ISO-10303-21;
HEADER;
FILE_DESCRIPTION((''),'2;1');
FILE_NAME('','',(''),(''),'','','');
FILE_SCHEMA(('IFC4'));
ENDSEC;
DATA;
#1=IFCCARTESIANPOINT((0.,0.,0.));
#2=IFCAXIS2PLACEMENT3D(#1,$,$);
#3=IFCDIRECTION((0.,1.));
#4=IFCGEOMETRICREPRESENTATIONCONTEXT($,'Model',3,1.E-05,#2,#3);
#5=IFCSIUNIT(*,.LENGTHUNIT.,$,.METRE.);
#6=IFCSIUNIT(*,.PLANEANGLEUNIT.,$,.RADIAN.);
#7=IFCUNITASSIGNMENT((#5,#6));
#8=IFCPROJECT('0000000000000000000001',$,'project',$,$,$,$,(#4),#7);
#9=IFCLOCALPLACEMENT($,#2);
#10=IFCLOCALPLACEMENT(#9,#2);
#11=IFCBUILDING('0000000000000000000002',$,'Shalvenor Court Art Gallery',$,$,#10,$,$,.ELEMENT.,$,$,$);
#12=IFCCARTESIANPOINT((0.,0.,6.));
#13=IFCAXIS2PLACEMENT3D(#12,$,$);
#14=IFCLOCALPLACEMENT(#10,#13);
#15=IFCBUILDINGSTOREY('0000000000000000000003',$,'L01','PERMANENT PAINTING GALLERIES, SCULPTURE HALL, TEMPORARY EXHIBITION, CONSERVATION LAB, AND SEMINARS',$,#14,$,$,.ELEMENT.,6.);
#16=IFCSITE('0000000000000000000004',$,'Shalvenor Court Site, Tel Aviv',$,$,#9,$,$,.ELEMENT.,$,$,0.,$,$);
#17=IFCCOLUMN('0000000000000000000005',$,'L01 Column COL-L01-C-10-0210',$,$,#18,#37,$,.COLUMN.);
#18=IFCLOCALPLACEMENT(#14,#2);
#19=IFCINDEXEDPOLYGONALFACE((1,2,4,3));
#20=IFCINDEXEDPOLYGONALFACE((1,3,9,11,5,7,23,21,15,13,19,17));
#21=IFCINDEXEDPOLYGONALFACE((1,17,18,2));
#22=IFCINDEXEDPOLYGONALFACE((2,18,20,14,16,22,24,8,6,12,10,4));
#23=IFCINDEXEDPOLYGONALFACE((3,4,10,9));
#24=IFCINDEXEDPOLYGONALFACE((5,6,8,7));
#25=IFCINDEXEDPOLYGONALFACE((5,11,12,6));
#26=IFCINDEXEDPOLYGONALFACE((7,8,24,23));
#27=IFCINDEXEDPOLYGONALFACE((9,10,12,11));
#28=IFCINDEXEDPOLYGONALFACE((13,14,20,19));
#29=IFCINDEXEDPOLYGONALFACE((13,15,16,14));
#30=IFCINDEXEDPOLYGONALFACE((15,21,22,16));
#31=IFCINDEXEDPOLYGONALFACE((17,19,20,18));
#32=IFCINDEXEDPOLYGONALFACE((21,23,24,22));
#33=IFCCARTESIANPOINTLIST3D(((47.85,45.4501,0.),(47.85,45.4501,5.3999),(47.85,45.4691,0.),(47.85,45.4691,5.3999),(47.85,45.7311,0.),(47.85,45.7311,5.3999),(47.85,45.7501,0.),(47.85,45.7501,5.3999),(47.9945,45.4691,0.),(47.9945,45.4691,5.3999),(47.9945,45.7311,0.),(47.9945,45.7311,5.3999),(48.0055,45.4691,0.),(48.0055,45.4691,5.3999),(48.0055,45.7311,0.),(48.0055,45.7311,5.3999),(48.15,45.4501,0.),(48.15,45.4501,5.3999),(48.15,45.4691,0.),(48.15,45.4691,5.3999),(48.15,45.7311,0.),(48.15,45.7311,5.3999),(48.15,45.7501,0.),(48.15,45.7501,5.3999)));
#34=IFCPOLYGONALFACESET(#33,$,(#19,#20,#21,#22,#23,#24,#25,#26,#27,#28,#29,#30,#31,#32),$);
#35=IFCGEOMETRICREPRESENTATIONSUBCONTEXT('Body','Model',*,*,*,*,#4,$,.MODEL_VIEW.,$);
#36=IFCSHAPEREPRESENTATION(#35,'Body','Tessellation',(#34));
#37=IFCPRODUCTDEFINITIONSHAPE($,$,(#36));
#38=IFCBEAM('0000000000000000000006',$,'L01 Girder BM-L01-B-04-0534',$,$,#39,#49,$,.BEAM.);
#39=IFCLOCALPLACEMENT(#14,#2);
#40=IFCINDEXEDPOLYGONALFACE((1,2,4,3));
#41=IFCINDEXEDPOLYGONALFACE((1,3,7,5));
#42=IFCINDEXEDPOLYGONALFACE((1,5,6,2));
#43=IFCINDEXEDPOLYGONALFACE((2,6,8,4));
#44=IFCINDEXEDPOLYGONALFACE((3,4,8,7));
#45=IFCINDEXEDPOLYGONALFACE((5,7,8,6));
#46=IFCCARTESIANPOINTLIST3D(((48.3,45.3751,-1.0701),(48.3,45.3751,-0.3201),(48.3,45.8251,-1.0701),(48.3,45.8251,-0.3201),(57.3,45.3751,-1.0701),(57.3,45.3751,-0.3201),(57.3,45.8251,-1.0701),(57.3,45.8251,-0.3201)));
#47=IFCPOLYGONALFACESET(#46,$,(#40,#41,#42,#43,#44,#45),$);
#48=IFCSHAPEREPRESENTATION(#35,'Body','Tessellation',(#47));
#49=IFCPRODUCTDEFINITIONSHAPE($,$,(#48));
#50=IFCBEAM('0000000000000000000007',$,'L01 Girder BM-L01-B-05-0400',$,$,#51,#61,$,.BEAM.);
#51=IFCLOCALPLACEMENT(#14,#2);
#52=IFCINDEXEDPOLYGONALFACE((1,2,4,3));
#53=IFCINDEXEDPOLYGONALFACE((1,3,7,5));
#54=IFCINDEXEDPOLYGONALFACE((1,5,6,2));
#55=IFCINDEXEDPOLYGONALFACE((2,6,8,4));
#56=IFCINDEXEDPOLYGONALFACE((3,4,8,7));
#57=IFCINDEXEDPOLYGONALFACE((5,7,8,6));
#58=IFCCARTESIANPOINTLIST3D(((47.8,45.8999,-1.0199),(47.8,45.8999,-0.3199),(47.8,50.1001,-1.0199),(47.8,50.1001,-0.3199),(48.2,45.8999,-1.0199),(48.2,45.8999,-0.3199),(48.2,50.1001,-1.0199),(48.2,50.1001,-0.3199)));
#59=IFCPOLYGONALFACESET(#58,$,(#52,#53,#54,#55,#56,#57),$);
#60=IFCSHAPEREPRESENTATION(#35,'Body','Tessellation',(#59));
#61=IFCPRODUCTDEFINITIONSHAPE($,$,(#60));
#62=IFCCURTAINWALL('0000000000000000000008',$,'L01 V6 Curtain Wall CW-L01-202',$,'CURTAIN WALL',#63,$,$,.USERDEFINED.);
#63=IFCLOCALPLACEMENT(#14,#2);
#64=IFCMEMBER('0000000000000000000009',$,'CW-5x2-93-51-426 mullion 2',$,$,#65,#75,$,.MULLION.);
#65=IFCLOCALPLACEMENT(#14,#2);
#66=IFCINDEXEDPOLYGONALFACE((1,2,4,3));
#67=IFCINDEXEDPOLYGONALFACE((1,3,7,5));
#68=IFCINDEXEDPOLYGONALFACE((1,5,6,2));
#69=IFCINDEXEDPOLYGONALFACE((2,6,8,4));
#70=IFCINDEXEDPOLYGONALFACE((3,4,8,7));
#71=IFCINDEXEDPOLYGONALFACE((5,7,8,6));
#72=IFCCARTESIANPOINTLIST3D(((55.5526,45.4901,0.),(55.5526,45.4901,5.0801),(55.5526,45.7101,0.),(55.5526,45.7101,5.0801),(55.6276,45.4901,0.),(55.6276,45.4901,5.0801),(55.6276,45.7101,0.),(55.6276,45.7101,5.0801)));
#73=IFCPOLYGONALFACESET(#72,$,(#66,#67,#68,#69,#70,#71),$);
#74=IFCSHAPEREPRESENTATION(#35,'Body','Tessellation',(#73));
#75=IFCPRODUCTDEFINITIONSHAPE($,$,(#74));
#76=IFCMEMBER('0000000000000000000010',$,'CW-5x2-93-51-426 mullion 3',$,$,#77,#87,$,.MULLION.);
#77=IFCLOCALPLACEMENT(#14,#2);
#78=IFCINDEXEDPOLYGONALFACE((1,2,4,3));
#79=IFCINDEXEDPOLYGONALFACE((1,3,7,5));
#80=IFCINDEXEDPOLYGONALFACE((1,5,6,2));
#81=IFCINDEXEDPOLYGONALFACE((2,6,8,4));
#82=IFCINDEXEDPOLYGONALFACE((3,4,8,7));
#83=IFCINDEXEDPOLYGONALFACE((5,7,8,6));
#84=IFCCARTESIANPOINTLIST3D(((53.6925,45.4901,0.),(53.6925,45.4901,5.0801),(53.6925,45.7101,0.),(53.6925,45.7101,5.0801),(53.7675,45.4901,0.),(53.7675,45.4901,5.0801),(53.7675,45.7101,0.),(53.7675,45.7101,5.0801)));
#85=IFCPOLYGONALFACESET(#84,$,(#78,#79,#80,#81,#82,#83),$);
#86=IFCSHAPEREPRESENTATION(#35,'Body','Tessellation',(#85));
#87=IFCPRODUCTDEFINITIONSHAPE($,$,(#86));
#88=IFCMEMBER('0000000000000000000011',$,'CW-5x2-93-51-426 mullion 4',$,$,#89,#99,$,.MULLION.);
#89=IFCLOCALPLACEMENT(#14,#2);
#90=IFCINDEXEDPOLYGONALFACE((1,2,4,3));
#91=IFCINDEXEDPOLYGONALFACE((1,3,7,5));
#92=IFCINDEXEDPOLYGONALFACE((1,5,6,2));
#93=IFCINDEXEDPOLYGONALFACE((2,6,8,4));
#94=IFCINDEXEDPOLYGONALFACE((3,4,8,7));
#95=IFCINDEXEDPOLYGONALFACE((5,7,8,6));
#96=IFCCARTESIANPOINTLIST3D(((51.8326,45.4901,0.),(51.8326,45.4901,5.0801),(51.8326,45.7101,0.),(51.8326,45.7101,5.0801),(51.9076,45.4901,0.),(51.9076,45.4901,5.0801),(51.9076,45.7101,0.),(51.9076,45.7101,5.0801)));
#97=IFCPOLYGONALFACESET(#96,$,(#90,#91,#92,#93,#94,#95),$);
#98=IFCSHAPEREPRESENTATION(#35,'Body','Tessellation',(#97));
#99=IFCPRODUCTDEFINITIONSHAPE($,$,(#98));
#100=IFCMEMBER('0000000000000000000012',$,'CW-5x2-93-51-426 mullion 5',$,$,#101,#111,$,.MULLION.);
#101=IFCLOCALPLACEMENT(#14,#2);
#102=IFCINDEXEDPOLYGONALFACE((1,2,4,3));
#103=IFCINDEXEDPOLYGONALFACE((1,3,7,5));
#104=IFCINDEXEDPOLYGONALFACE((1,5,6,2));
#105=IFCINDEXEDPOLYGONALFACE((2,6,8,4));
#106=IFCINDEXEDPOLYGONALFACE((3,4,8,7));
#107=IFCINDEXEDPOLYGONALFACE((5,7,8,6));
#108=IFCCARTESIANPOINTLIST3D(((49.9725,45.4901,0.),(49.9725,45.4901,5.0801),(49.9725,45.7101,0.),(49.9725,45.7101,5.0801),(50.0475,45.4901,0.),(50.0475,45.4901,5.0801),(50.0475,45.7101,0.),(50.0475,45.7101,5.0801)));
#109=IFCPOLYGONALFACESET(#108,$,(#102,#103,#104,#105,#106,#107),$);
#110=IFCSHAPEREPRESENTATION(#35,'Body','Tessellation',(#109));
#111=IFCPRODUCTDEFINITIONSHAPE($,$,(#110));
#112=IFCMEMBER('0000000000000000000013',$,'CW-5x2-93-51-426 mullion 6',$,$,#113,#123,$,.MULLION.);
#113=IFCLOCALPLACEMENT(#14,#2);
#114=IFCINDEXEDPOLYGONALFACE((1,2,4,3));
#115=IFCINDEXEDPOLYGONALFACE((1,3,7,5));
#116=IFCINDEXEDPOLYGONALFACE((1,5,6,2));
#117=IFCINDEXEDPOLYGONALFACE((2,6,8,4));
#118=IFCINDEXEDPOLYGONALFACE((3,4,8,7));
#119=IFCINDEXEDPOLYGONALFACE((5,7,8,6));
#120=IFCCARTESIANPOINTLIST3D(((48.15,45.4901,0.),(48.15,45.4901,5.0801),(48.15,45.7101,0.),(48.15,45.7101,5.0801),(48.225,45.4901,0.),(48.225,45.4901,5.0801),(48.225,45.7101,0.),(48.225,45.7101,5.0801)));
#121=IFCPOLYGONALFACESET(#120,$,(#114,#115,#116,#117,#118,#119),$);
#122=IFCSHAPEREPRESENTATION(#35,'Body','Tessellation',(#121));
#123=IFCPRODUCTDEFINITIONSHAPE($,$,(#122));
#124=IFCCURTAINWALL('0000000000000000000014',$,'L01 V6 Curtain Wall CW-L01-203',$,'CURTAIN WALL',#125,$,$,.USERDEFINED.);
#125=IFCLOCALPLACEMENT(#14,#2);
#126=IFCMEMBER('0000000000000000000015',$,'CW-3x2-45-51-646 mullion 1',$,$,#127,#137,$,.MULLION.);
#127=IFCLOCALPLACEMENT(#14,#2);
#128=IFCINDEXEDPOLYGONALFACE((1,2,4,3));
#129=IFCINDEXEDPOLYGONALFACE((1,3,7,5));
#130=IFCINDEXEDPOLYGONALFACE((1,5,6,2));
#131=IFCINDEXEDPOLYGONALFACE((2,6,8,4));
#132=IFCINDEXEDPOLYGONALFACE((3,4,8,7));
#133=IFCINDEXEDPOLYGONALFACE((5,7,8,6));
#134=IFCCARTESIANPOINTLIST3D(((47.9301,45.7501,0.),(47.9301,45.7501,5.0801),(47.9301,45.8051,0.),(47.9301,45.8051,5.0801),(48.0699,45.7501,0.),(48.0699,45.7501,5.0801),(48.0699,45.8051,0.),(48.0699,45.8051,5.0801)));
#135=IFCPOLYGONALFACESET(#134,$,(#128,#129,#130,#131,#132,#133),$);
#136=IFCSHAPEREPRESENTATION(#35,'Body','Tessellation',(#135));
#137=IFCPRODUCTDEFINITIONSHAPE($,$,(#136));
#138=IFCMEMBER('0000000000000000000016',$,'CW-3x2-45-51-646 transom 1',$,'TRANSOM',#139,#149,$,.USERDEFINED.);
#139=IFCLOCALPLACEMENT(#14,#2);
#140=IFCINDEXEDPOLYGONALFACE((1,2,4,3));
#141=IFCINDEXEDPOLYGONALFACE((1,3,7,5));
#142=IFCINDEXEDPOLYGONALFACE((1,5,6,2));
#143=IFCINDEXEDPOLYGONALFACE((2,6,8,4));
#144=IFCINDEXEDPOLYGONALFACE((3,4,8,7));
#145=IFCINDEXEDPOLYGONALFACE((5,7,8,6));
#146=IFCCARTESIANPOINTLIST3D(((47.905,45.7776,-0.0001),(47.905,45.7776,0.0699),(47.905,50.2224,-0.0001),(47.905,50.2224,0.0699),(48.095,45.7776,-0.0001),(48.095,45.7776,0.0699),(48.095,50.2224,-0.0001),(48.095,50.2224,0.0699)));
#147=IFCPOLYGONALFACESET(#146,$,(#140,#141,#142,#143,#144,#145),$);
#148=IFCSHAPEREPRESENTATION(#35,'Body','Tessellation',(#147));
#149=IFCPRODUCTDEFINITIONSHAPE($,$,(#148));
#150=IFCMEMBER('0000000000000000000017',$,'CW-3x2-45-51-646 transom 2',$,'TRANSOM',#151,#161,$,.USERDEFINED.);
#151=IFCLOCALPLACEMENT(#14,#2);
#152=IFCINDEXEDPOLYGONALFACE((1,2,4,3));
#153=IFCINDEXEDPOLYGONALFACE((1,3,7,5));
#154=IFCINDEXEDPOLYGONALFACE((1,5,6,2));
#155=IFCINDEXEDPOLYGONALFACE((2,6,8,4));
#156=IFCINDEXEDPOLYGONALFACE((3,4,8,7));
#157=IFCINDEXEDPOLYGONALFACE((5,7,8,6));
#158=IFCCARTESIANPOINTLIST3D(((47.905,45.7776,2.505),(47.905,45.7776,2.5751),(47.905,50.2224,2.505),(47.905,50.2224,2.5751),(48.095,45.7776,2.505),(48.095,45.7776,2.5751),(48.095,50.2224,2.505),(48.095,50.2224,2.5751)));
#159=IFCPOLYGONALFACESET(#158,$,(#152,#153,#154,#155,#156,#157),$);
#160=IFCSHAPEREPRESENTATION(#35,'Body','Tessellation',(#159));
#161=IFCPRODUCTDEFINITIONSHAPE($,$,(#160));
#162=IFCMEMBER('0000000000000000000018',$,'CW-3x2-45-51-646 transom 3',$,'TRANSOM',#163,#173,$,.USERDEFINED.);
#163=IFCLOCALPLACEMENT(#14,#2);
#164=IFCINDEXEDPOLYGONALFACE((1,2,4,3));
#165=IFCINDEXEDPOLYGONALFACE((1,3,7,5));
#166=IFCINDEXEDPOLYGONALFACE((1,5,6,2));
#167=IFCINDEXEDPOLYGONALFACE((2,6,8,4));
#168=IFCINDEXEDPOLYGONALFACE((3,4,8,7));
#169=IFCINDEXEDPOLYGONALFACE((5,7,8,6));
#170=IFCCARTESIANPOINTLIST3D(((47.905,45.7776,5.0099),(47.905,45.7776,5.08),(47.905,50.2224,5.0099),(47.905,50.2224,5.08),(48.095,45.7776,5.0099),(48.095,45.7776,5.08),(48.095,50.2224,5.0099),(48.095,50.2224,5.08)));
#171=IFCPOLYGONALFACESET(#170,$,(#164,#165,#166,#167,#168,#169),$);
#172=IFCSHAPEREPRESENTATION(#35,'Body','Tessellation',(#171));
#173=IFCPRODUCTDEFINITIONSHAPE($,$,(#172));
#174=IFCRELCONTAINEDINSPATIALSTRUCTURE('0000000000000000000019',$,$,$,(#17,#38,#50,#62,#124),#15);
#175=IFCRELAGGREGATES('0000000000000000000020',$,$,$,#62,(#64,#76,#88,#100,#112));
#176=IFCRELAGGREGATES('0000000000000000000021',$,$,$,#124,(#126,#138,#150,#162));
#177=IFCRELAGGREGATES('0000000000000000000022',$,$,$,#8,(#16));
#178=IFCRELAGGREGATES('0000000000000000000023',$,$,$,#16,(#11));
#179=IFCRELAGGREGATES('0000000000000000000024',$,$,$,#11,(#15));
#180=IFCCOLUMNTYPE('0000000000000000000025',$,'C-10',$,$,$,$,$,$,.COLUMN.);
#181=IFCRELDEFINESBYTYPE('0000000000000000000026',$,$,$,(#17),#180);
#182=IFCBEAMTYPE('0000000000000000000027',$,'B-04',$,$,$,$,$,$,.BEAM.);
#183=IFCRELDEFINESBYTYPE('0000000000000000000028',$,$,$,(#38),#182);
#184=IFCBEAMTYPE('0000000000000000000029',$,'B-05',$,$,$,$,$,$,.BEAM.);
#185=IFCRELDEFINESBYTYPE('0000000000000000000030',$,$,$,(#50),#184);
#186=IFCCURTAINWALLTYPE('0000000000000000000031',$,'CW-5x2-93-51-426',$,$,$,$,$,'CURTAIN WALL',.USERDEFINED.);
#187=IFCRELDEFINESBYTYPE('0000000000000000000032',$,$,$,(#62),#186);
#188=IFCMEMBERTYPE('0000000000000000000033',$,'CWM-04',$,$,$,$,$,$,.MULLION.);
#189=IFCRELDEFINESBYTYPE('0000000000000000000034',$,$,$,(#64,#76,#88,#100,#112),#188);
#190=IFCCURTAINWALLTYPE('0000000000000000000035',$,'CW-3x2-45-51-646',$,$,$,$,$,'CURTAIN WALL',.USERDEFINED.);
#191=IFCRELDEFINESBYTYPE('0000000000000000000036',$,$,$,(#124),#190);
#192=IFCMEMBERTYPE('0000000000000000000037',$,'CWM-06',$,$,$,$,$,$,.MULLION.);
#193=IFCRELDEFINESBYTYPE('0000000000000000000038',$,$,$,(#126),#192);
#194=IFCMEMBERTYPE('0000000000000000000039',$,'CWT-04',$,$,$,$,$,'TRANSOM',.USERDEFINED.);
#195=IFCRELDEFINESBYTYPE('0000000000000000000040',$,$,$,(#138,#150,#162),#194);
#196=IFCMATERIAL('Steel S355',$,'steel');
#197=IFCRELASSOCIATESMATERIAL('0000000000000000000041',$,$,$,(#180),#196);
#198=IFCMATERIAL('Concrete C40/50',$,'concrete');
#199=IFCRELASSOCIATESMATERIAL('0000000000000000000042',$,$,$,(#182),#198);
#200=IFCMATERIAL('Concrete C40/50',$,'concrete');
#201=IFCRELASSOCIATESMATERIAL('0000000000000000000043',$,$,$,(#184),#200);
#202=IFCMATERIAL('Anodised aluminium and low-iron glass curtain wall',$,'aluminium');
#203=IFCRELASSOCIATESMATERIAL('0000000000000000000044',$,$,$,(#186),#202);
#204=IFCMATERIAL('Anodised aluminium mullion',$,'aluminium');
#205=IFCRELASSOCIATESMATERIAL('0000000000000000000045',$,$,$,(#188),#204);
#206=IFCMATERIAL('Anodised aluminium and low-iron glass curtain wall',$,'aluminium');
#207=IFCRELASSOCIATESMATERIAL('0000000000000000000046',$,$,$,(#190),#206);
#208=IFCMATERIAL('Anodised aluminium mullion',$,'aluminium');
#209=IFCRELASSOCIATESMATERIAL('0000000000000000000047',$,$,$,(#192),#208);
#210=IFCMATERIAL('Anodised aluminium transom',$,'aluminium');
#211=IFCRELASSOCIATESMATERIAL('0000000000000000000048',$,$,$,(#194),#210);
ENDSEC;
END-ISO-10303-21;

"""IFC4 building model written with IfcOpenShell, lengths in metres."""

from ifc_helpers import new_model, si_unit, direction, frame, origin, origin_2d, place, context, subcontext, project, spatial, rectangle, i_section, extrude, material, material_profile, profile_set, type_object, element, aggregate, save


model = new_model("IFC4")

# Units and contexts
model_context = context("Model", 3, precision=1e-05, world=origin(), true_north=direction((0.0, 1.0)))
body_context = subcontext(model_context, "Body", "Model", "MODEL_VIEW")
ifc_project = project(units=[si_unit("LENGTHUNIT", "METRE"), si_unit("PLANEANGLEUNIT", "RADIAN")], contexts=[model_context])

# Site, building, storey
site_placement = place(None, origin())
site = spatial("IfcSite", under=ifc_project, at=site_placement, Name="Shalvenor Court Site, Tel Aviv", CompositionType="ELEMENT", RefElevation=0.0)
building_placement = place(site_placement, origin())
building = spatial("IfcBuilding", under=site, at=building_placement, Name="Shalvenor Court Art Gallery", CompositionType="ELEMENT")
storey_placement = place(building_placement, frame((0.0, 0.0, 6.0)))
storey = spatial("IfcBuildingStorey", under=building, at=storey_placement, Name="L01", Description="PERMANENT PAINTING GALLERIES, SCULPTURE HALL, TEMPORARY EXHIBITION, CONSERVATION LAB, AND SEMINARS", CompositionType="ELEMENT", Elevation=6.0)

# Column
ifc_material_1 = material(Name="Steel S355", Category="steel")
ifc_material_profile_1 = material_profile(ifc_material_1, i_section(OverallWidth=0.3, OverallDepth=0.3, WebThickness=0.011, FlangeThickness=0.019, at=origin_2d()), Name="HEB 300")
ifc_profile_set_1 = profile_set([ifc_material_profile_1], Name="Steel S355")
column_type = type_object("IfcColumnType", Name="C-10", PredefinedType="COLUMN", material=ifc_profile_set_1)
column_placement = place(storey_placement, frame((48.0, 45.6001, 0.0), z_axis=(0.0, 0.0, 1.0), x_axis=(1.0, 0.0, 0.0)))
element("IfcColumn", 1, at=column_placement, inside=storey, type_object=column_type, Name="L01 Column COL-L01-C-10-0210", PredefinedType="COLUMN", context=body_context, shape_type="SweptSolid", body=[
    extrude(i_section(OverallWidth=0.3, OverallDepth=0.3, WebThickness=0.011, FlangeThickness=0.019, at=origin_2d()), origin(), (0.0, 0.0, 1.0), 5.3999),
])

# Beams
ifc_material_2 = material(Name="Concrete C40/50", Category="concrete")
ifc_material_profile_2 = material_profile(ifc_material_2, rectangle(XDim=0.45, YDim=0.75, at=origin_2d()), Name="RC 450x750")
ifc_profile_set_2 = profile_set([ifc_material_profile_2], Name="Concrete C40/50")
beam_type_1 = type_object("IfcBeamType", Name="B-04", PredefinedType="BEAM", material=ifc_profile_set_2)
beam_1_placement = place(storey_placement, frame((48.3, 45.6001, -0.6951), z_axis=(1.0, 0.0, 0.0), x_axis=(0.0, 1.0, 0.0)))
element("IfcBeam", 2, at=beam_1_placement, inside=storey, type_object=beam_type_1, Name="L01 Girder BM-L01-B-04-0534", PredefinedType="BEAM", context=body_context, shape_type="SweptSolid", body=[
    extrude(rectangle(XDim=0.45, YDim=0.75, at=origin_2d()), origin(), (0.0, 0.0, 1.0), 9.0),
])
ifc_material_3 = material(Name="Concrete C40/50", Category="concrete")
ifc_material_profile_3 = material_profile(ifc_material_3, rectangle(XDim=0.3999, YDim=0.7, at=origin_2d()), Name="RC 400x700")
ifc_profile_set_3 = profile_set([ifc_material_profile_3], Name="Concrete C40/50")
beam_type_2 = type_object("IfcBeamType", Name="B-05", PredefinedType="BEAM", material=ifc_profile_set_3)
beam_2_placement = place(storey_placement, frame((48.0, 45.8999, -0.6699), z_axis=(0.0, 1.0, 0.0), x_axis=(-1.0, 0.0, 0.0)))
element("IfcBeam", 3, at=beam_2_placement, inside=storey, type_object=beam_type_2, Name="L01 Girder BM-L01-B-05-0400", PredefinedType="BEAM", context=body_context, shape_type="SweptSolid", body=[
    extrude(rectangle(XDim=0.3999, YDim=0.7, at=origin_2d()), origin(), (0.0, 0.0, 1.0), 4.2002),
])

# Curtain walls, members
ifc_material_4 = material(Name="Anodised aluminium and low-iron glass curtain wall", Category="aluminium")
curtain_wall_type_1 = type_object("IfcCurtainWallType", Name="CW-5x2-93-51-426", ElementType="CURTAIN WALL", PredefinedType="USERDEFINED", material=ifc_material_4)
curtain_wall_1_placement = place(storey_placement, origin())
curtain_wall_1 = element("IfcCurtainWall", 4, at=curtain_wall_1_placement, inside=storey, type_object=curtain_wall_type_1, Name="L01 V6 Curtain Wall CW-L01-202", ObjectType="CURTAIN WALL", PredefinedType="USERDEFINED")
ifc_material_5 = material(Name="Anodised aluminium mullion", Category="aluminium")
ifc_material_profile_4 = material_profile(ifc_material_5, rectangle(XDim=0.075, YDim=0.22, at=origin_2d()), Name="CWM-04")
ifc_profile_set_4 = profile_set([ifc_material_profile_4], Name="Anodised aluminium mullion")
member_type_1 = type_object("IfcMemberType", Name="CWM-04", PredefinedType="MULLION", material=ifc_profile_set_4)
member_1_placement = place(storey_placement, frame((55.5901, 45.6001, 0.0), z_axis=(0.0, 0.0, 1.0), x_axis=(-1.0, 0.0, 0.0)))
member_1 = element("IfcMember", 5, at=member_1_placement, type_object=member_type_1, Name="CW-5x2-93-51-426 mullion 2", PredefinedType="MULLION", context=body_context, shape_type="SweptSolid", body=[
    extrude(rectangle(XDim=0.075, YDim=0.22, at=origin_2d()), origin(), (0.0, 0.0, 1.0), 5.0801),
])
member_2_placement = place(storey_placement, frame((53.73, 45.6001, 0.0), z_axis=(0.0, 0.0, 1.0), x_axis=(-1.0, 0.0, 0.0)))
member_2 = element("IfcMember", 6, at=member_2_placement, type_object=member_type_1, Name="CW-5x2-93-51-426 mullion 3", PredefinedType="MULLION", context=body_context, shape_type="SweptSolid", body=[
    extrude(rectangle(XDim=0.075, YDim=0.22, at=origin_2d()), origin(), (0.0, 0.0, 1.0), 5.0801),
])
member_3_placement = place(storey_placement, frame((51.8701, 45.6001, 0.0), z_axis=(0.0, 0.0, 1.0), x_axis=(-1.0, 0.0, 0.0)))
member_3 = element("IfcMember", 7, at=member_3_placement, type_object=member_type_1, Name="CW-5x2-93-51-426 mullion 4", PredefinedType="MULLION", context=body_context, shape_type="SweptSolid", body=[
    extrude(rectangle(XDim=0.075, YDim=0.22, at=origin_2d()), origin(), (0.0, 0.0, 1.0), 5.0801),
])
member_4_placement = place(storey_placement, frame((50.01, 45.6001, 0.0), z_axis=(0.0, 0.0, 1.0), x_axis=(-1.0, 0.0, 0.0)))
member_4 = element("IfcMember", 8, at=member_4_placement, type_object=member_type_1, Name="CW-5x2-93-51-426 mullion 5", PredefinedType="MULLION", context=body_context, shape_type="SweptSolid", body=[
    extrude(rectangle(XDim=0.075, YDim=0.22, at=origin_2d()), origin(), (0.0, 0.0, 1.0), 5.0801),
])
member_5_placement = place(storey_placement, frame((48.1875, 45.6001, 0.0), z_axis=(0.0, 0.0, 1.0), x_axis=(-1.0, 0.0, 0.0)))
member_5 = element("IfcMember", 9, at=member_5_placement, type_object=member_type_1, Name="CW-5x2-93-51-426 mullion 6", PredefinedType="MULLION", context=body_context, shape_type="SweptSolid", body=[
    extrude(rectangle(XDim=0.075, YDim=0.22, at=origin_2d()), origin(), (0.0, 0.0, 1.0), 5.0801),
])
ifc_material_6 = material(Name="Anodised aluminium and low-iron glass curtain wall", Category="aluminium")
curtain_wall_type_2 = type_object("IfcCurtainWallType", Name="CW-3x2-45-51-646", ElementType="CURTAIN WALL", PredefinedType="USERDEFINED", material=ifc_material_6)
curtain_wall_2_placement = place(storey_placement, origin())
curtain_wall_2 = element("IfcCurtainWall", 10, at=curtain_wall_2_placement, inside=storey, type_object=curtain_wall_type_2, Name="L01 V6 Curtain Wall CW-L01-203", ObjectType="CURTAIN WALL", PredefinedType="USERDEFINED")
ifc_material_7 = material(Name="Anodised aluminium mullion", Category="aluminium")
ifc_material_profile_5 = material_profile(ifc_material_7, rectangle(XDim=0.0549, YDim=0.1399, at=origin_2d()), Name="CWM-06")
ifc_profile_set_5 = profile_set([ifc_material_profile_5], Name="Anodised aluminium mullion")
member_type_2 = type_object("IfcMemberType", Name="CWM-06", PredefinedType="MULLION", material=ifc_profile_set_5)
member_6_placement = place(storey_placement, frame((48.0, 45.7776, 0.0), z_axis=(0.0, 0.0, 1.0), x_axis=(0.0, 1.0, 0.0)))
member_6 = element("IfcMember", 11, at=member_6_placement, type_object=member_type_2, Name="CW-3x2-45-51-646 mullion 1", PredefinedType="MULLION", context=body_context, shape_type="SweptSolid", body=[
    extrude(rectangle(XDim=0.0549, YDim=0.1399, at=origin_2d()), origin(), (0.0, 0.0, 1.0), 5.0801),
])
ifc_material_8 = material(Name="Anodised aluminium transom", Category="aluminium")
ifc_material_profile_6 = material_profile(ifc_material_8, rectangle(XDim=0.1899, YDim=0.0701, at=origin_2d()), Name="CWT-04")
ifc_profile_set_6 = profile_set([ifc_material_profile_6], Name="Anodised aluminium transom")
member_type_3 = type_object("IfcMemberType", Name="CWT-04", ElementType="TRANSOM", PredefinedType="USERDEFINED", material=ifc_profile_set_6)
member_7_placement = place(storey_placement, frame((48.0, 45.7776, 0.0349), z_axis=(0.0, 1.0, 0.0), x_axis=(-1.0, 0.0, 0.0)))
member_7 = element("IfcMember", 12, at=member_7_placement, type_object=member_type_3, Name="CW-3x2-45-51-646 transom 1", ObjectType="TRANSOM", PredefinedType="USERDEFINED", context=body_context, shape_type="SweptSolid", body=[
    extrude(rectangle(XDim=0.1899, YDim=0.0701, at=origin_2d()), origin(), (0.0, 0.0, 1.0), 4.4448),
])
member_8_placement = place(storey_placement, frame((48.0, 45.7776, 2.54), z_axis=(0.0, 1.0, 0.0), x_axis=(-1.0, 0.0, 0.0)))
member_8 = element("IfcMember", 13, at=member_8_placement, type_object=member_type_3, Name="CW-3x2-45-51-646 transom 2", ObjectType="TRANSOM", PredefinedType="USERDEFINED", context=body_context, shape_type="SweptSolid", body=[
    extrude(rectangle(XDim=0.1899, YDim=0.0701, at=origin_2d()), origin(), (0.0, 0.0, 1.0), 4.4448),
])
member_9_placement = place(storey_placement, frame((48.0, 45.7776, 5.0449), z_axis=(0.0, 1.0, 0.0), x_axis=(-1.0, 0.0, 0.0)))
member_9 = element("IfcMember", 14, at=member_9_placement, type_object=member_type_3, Name="CW-3x2-45-51-646 transom 3", ObjectType="TRANSOM", PredefinedType="USERDEFINED", context=body_context, shape_type="SweptSolid", body=[
    extrude(rectangle(XDim=0.1899, YDim=0.0701, at=origin_2d()), origin(), (0.0, 0.0, 1.0), 4.4448),
])

aggregate(curtain_wall_1, [member_1, member_2, member_3, member_4, member_5])
aggregate(curtain_wall_2, [member_6, member_7, member_8, member_9])

save(model, "model.ifc")
